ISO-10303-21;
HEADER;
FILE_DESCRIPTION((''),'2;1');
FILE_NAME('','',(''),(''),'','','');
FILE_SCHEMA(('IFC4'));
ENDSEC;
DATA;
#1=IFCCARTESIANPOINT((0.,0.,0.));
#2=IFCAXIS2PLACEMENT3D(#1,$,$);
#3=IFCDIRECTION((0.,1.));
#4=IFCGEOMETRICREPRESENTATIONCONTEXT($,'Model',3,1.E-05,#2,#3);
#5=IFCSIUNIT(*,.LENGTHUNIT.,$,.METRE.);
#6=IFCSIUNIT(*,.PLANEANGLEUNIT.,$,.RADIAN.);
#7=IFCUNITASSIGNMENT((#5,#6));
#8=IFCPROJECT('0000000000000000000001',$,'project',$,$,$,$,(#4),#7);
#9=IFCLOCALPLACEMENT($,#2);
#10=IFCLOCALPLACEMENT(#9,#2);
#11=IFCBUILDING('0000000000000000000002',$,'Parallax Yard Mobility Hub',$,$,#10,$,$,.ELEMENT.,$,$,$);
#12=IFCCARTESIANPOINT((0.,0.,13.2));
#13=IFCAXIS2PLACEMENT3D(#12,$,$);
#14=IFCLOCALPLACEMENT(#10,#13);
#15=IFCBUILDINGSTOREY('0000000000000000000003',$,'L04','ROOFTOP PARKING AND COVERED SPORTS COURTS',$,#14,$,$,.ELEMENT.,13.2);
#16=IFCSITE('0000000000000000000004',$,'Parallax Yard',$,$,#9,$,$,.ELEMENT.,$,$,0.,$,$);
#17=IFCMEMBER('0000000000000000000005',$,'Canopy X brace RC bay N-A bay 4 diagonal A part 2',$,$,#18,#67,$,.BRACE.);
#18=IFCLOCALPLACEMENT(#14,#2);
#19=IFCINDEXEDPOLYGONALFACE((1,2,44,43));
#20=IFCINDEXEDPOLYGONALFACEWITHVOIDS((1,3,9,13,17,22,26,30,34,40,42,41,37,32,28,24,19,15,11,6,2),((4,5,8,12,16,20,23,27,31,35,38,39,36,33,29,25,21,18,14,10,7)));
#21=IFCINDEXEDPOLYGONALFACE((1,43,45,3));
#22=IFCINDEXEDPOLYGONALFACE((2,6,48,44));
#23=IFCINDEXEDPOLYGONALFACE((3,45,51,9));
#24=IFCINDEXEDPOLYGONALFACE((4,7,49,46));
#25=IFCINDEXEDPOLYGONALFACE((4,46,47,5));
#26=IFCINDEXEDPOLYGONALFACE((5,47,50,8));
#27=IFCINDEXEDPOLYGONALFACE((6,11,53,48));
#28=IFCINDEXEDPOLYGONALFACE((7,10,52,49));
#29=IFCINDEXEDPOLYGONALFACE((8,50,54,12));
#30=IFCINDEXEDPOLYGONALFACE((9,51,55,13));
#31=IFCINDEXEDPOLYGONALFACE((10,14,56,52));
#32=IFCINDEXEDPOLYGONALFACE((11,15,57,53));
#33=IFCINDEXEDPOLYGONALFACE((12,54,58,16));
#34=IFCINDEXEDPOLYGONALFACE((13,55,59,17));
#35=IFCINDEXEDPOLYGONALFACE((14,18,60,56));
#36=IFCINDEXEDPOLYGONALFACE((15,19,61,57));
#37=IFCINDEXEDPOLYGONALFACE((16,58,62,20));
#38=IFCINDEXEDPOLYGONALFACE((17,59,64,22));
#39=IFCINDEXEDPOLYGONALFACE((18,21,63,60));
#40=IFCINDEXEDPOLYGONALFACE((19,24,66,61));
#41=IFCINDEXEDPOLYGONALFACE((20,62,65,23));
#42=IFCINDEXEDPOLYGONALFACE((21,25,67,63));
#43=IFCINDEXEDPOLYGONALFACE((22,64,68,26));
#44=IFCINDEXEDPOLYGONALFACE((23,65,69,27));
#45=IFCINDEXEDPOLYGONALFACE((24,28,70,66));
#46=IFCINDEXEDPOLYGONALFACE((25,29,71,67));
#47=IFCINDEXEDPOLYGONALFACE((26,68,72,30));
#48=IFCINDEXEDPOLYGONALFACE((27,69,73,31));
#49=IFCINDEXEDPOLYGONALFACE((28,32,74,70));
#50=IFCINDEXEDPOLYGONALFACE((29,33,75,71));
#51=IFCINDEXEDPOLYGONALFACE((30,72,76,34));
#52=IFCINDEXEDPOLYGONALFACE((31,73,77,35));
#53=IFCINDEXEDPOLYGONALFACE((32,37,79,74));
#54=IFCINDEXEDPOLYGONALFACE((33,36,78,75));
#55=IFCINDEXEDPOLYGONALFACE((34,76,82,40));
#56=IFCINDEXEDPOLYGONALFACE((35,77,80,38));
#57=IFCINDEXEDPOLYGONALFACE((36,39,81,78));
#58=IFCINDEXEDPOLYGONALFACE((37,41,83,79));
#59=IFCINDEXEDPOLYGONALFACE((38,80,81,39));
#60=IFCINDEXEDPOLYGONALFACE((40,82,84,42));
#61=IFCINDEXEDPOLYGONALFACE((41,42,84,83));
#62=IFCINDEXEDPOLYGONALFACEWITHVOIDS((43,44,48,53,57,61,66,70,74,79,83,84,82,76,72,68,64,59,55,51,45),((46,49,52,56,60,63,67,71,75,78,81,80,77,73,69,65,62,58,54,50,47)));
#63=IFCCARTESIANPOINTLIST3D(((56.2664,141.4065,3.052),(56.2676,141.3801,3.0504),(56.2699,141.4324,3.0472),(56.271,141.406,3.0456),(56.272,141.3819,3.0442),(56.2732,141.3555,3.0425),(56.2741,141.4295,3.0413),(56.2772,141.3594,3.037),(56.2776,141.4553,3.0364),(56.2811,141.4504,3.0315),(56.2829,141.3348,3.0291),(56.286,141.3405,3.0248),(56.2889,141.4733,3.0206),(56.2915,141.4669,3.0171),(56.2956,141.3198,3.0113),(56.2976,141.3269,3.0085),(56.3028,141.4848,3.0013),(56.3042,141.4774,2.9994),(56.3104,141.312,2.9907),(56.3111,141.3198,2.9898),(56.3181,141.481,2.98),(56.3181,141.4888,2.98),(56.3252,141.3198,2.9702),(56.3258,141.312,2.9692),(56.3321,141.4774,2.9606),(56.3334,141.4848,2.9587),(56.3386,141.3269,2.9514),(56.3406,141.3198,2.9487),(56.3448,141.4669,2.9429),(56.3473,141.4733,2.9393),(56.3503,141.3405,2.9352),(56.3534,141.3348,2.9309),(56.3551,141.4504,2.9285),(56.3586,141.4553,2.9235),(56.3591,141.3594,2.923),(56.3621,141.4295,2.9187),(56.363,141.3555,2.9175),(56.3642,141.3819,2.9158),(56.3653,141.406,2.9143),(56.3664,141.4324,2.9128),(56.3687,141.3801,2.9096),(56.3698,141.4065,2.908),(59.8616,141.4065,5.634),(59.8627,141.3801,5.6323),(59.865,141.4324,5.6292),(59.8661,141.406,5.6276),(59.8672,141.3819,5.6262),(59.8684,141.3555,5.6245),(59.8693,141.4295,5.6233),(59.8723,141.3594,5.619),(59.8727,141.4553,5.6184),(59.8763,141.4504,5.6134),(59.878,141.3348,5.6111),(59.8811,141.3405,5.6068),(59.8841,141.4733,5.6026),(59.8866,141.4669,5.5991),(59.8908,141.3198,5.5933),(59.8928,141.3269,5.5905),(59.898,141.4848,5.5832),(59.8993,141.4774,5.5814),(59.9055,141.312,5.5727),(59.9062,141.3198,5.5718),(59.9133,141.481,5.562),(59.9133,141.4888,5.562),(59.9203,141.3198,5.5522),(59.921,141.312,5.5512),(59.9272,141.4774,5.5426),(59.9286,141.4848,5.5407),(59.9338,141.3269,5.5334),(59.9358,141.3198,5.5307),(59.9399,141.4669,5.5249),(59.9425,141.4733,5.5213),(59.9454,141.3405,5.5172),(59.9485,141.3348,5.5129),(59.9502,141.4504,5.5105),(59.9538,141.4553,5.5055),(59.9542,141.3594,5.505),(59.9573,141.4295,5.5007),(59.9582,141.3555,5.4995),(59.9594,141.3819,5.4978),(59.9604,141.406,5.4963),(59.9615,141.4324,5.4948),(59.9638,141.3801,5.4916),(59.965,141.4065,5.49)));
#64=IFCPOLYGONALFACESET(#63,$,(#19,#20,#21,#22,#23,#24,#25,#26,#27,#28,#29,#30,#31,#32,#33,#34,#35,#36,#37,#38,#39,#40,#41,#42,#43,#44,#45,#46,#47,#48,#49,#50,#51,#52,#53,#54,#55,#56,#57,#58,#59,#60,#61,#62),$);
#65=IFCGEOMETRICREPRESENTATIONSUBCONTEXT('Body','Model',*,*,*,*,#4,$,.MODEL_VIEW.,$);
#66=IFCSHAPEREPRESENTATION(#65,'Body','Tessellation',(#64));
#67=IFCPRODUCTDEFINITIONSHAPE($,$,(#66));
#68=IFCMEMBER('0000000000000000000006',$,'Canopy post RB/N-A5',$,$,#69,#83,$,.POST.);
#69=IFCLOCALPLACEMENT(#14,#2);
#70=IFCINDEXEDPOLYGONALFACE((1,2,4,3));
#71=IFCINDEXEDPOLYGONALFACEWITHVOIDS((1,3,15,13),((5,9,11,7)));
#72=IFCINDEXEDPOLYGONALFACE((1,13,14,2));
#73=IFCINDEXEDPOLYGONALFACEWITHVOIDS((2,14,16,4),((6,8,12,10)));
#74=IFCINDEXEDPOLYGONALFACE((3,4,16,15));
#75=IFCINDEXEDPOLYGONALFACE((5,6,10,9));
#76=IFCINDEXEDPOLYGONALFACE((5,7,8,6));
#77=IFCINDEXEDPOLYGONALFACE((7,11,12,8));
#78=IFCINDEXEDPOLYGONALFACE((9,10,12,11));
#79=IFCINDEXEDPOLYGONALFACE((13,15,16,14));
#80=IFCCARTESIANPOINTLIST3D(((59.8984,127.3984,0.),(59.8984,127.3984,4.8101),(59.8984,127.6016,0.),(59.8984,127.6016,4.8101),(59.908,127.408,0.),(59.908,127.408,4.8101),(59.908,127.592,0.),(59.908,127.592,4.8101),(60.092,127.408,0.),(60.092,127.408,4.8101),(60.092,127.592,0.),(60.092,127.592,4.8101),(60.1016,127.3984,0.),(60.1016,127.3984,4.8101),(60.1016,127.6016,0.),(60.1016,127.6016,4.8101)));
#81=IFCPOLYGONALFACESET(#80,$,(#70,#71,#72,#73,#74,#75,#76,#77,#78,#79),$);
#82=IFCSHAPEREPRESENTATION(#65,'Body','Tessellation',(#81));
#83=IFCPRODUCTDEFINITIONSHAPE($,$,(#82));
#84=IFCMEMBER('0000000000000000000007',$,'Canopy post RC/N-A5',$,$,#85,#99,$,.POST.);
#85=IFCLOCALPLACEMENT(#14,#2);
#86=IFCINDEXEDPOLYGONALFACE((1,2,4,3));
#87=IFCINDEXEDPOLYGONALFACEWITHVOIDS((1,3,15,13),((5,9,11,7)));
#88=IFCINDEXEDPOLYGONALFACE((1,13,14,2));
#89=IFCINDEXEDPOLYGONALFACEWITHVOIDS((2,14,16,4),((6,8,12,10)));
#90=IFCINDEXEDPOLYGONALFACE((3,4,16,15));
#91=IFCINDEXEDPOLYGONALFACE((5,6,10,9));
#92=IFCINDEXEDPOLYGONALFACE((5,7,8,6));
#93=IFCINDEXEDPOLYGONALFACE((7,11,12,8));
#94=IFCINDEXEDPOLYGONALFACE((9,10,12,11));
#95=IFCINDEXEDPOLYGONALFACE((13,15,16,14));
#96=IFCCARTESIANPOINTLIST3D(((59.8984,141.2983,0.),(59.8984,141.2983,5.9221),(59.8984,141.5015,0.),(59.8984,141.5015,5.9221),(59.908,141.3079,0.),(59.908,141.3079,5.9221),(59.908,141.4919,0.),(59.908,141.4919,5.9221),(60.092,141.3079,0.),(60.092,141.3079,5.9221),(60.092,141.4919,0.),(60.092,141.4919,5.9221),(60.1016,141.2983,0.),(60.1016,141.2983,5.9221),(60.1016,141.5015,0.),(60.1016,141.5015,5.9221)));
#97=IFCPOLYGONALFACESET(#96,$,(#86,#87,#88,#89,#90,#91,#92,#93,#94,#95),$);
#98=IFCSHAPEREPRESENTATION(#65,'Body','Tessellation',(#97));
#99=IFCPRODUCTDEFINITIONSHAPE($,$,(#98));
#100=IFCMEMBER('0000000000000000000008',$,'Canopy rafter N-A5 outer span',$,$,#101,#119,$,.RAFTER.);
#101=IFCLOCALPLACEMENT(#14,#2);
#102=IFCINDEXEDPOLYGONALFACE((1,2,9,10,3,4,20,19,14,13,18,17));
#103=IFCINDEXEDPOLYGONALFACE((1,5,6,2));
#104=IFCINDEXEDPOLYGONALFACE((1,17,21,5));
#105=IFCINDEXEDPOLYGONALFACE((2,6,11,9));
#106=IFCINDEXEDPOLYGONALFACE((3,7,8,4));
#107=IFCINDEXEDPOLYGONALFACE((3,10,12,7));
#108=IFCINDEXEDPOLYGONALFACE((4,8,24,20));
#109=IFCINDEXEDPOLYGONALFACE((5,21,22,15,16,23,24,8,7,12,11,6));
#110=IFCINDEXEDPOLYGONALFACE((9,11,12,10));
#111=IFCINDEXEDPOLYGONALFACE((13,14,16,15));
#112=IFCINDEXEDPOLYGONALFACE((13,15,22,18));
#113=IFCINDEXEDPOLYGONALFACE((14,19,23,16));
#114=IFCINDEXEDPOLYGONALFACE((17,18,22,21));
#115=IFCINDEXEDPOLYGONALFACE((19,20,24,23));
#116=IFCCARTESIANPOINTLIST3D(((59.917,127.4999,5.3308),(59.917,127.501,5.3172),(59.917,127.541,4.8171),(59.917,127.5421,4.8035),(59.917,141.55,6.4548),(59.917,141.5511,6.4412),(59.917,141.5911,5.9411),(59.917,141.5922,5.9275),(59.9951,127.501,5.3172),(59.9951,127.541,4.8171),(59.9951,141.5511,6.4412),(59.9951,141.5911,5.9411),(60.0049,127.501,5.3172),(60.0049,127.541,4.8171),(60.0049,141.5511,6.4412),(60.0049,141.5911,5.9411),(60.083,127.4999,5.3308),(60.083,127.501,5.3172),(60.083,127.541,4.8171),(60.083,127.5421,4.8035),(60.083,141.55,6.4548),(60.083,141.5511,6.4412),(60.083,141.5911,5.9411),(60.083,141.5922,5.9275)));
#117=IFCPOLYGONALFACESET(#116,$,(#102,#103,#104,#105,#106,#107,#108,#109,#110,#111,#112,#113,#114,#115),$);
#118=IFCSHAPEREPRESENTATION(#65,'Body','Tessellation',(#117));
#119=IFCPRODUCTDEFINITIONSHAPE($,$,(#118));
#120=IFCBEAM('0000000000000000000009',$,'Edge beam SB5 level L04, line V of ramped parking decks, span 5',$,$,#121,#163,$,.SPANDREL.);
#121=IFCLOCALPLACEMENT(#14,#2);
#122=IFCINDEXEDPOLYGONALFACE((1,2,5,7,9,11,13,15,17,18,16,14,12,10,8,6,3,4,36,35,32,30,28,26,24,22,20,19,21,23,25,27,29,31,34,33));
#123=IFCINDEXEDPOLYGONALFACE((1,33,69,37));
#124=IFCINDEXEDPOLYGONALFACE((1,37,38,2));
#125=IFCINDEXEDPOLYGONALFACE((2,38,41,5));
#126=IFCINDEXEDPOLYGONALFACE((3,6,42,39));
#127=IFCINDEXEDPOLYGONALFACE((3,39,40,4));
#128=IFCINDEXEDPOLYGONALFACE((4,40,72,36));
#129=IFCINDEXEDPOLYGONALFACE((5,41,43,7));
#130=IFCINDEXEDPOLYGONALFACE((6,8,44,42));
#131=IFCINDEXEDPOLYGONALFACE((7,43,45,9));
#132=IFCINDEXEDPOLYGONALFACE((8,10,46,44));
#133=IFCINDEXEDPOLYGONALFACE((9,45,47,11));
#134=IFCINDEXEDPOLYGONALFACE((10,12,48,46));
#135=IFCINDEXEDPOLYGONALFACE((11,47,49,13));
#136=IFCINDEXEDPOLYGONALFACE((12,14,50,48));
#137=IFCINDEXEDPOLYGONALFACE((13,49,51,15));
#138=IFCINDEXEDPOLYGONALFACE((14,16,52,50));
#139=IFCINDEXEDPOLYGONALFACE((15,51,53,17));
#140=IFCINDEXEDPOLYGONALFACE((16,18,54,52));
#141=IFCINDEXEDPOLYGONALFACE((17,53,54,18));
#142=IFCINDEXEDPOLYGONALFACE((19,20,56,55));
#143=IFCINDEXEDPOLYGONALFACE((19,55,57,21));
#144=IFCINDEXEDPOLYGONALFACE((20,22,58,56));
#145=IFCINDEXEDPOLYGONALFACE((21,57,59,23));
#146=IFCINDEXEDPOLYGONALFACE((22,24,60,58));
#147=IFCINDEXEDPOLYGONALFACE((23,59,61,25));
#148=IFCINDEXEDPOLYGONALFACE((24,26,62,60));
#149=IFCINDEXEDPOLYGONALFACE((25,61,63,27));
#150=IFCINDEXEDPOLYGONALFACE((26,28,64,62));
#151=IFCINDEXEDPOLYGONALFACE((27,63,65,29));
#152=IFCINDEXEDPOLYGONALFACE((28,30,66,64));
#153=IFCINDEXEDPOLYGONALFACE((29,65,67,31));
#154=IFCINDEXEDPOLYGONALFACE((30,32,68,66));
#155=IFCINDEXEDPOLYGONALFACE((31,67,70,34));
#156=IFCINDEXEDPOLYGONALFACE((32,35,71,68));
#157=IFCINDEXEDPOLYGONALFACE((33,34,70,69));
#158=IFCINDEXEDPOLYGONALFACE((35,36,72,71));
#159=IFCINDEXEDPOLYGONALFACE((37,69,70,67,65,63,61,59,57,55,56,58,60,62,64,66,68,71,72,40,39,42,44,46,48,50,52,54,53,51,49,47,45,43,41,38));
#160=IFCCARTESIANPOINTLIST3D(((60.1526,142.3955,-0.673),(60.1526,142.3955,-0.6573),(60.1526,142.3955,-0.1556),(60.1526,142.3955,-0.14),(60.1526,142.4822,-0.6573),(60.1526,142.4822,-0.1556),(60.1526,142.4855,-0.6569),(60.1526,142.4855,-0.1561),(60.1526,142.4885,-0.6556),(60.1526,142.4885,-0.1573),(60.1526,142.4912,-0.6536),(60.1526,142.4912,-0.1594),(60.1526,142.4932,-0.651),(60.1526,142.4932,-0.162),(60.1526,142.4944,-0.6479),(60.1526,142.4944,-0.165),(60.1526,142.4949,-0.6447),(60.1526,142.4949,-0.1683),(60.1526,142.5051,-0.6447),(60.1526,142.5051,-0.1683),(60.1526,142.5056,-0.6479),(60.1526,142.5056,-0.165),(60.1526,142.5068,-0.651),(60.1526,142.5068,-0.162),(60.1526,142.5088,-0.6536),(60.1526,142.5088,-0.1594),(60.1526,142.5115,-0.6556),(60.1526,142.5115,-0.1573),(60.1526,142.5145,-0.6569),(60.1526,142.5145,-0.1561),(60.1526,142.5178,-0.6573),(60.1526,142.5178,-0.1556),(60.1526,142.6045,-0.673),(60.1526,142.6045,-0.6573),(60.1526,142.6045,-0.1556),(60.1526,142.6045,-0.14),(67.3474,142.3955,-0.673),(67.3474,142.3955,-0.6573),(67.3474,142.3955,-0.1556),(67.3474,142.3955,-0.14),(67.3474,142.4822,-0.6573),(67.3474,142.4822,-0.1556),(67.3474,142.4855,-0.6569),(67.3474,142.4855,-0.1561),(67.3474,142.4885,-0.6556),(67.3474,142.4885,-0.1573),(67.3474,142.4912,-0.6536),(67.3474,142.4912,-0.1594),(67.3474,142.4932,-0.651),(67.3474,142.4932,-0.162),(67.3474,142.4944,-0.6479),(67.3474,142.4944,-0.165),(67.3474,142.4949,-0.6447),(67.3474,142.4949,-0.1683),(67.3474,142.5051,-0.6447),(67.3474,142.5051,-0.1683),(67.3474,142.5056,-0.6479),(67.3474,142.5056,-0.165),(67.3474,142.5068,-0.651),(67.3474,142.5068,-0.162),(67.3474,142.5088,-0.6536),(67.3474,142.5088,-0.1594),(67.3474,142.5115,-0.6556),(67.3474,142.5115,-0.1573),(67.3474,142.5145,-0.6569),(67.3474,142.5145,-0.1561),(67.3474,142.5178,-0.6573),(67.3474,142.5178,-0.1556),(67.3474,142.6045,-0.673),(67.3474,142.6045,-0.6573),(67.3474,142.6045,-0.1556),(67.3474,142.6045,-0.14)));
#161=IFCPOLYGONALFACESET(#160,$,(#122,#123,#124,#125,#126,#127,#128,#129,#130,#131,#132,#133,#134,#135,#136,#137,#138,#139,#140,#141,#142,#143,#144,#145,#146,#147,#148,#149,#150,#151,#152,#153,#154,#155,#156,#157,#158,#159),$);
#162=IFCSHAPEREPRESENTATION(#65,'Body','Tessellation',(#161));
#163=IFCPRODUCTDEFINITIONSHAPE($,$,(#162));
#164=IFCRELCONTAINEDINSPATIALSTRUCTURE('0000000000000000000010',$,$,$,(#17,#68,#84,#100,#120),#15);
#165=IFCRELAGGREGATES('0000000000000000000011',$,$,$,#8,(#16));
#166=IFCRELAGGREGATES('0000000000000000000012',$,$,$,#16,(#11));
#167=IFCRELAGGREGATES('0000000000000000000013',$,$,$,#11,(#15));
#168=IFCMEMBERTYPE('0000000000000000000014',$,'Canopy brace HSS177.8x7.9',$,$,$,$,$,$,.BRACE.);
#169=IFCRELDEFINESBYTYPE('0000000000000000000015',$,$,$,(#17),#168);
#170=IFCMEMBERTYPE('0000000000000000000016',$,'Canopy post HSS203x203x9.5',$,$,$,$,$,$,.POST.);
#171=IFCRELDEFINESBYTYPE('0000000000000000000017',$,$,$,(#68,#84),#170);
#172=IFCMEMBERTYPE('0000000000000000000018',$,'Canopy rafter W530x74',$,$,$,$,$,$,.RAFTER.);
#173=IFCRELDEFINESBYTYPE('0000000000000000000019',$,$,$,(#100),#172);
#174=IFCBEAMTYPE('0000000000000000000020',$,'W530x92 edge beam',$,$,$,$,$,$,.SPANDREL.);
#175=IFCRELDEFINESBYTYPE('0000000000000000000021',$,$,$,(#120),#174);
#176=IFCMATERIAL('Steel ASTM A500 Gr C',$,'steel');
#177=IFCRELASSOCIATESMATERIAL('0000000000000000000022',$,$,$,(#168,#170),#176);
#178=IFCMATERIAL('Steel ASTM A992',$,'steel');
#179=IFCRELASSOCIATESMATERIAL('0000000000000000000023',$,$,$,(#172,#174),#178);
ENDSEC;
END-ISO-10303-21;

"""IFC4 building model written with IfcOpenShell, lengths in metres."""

from ifc_helpers import new_model, si_unit, direction, frame, origin, origin_2d, place, context, subcontext, project, spatial, hollow_rectangle, hollow_circle, i_section, extrude, material, material_profile, profile_set, type_object, element, save


model = new_model("IFC4")

# Units and contexts
model_context = context("Model", 3, precision=1e-05, world=origin(), true_north=direction((0.0, 1.0)))
body_context = subcontext(model_context, "Body", "Model", "MODEL_VIEW")
ifc_project = project(units=[si_unit("LENGTHUNIT", "METRE"), si_unit("PLANEANGLEUNIT", "RADIAN")], contexts=[model_context])

# Site, building, storey
site_placement = place(None, origin())
site = spatial("IfcSite", under=ifc_project, at=site_placement, Name="Parallax Yard", CompositionType="ELEMENT", RefElevation=0.0)
building_placement = place(site_placement, origin())
building = spatial("IfcBuilding", under=site, at=building_placement, Name="Parallax Yard Mobility Hub", CompositionType="ELEMENT")
storey_placement = place(building_placement, frame((0.0, 0.0, 13.2)))
storey = spatial("IfcBuildingStorey", under=building, at=storey_placement, Name="L04", Description="ROOFTOP PARKING AND COVERED SPORTS COURTS", CompositionType="ELEMENT", Elevation=13.2)

# Members
ifc_material_1 = material(Name="Steel ASTM A500 Gr C", Category="steel")
ifc_material_profile_1 = material_profile(ifc_material_1, hollow_circle(Radius=0.0889, WallThickness=0.0078, at=origin_2d()), Name="HSS177.8x7.9")
ifc_profile_set_1 = profile_set([ifc_material_profile_1], Name="Steel ASTM A500 Gr C")
member_type_1 = type_object("IfcMemberType", Name="Canopy brace HSS177.8x7.9", PredefinedType="BRACE", material=ifc_profile_set_1)
member_1_placement = place(storey_placement, frame((56.3181, 141.3999, 2.98), z_axis=(0.812233, 0.0, 0.583334), x_axis=(0.0, 1.0, 0.0)))
element("IfcMember", 1, at=member_1_placement, inside=storey, type_object=member_type_1, Name="Canopy X brace RC bay N-A bay 4 diagonal A part 2", PredefinedType="BRACE", context=body_context, shape_type="SweptSolid", body=[
    extrude(hollow_circle(Radius=0.0889, WallThickness=0.0078, at=origin_2d()), origin(), (0.0, 0.0, 1.0), 4.4263),
])
ifc_material_profile_2 = material_profile(ifc_material_1, hollow_rectangle(XDim=0.2031, YDim=0.2031, WallThickness=0.0095, at=origin_2d()), Name="HSS203x203x9.5")
ifc_profile_set_2 = profile_set([ifc_material_profile_2], Name="Steel ASTM A500 Gr C")
member_type_2 = type_object("IfcMemberType", Name="Canopy post HSS203x203x9.5", PredefinedType="POST", material=ifc_profile_set_2)
member_2_placement = place(storey_placement, frame((60.0, 127.5, 0.0), z_axis=(0.0, 0.0, 1.0), x_axis=(1.0, 0.0, 0.0)))
element("IfcMember", 2, at=member_2_placement, inside=storey, type_object=member_type_2, Name="Canopy post RB/N-A5", PredefinedType="POST", context=body_context, shape_type="SweptSolid", body=[
    extrude(hollow_rectangle(XDim=0.2031, YDim=0.2031, WallThickness=0.0095, at=origin_2d()), origin(), (0.0, 0.0, 1.0), 4.8101),
])
member_3_placement = place(storey_placement, frame((60.0, 141.3999, 0.0), z_axis=(0.0, 0.0, 1.0), x_axis=(1.0, 0.0, 0.0)))
element("IfcMember", 3, at=member_3_placement, inside=storey, type_object=member_type_2, Name="Canopy post RC/N-A5", PredefinedType="POST", context=body_context, shape_type="SweptSolid", body=[
    extrude(hollow_rectangle(XDim=0.2031, YDim=0.2031, WallThickness=0.0095, at=origin_2d()), origin(), (0.0, 0.0, 1.0), 5.9221),
])
ifc_material_2 = material(Name="Steel ASTM A992", Category="steel")
ifc_material_profile_3 = material_profile(ifc_material_2, i_section(OverallWidth=0.166, OverallDepth=0.5291, WebThickness=0.0098, FlangeThickness=0.0137, at=origin_2d()), Name="W530x74")
ifc_profile_set_3 = profile_set([ifc_material_profile_3], Name="Steel ASTM A992")
member_type_3 = type_object("IfcMemberType", Name="Canopy rafter W530x74", PredefinedType="RAFTER", material=ifc_profile_set_3)
member_4_placement = place(storey_placement, frame((60.0, 127.521, 5.0671), z_axis=(0.0, 0.996815, 0.079747), x_axis=(-1.0, 0.0, 0.0)))
element("IfcMember", 4, at=member_4_placement, inside=storey, type_object=member_type_3, Name="Canopy rafter N-A5 outer span", PredefinedType="RAFTER", context=body_context, shape_type="SweptSolid", body=[
    extrude(i_section(OverallWidth=0.166, OverallDepth=0.5291, WebThickness=0.0098, FlangeThickness=0.0137, at=origin_2d()), origin(), (0.0, 0.0, 1.0), 14.095),
])

# Beam
ifc_material_profile_4 = material_profile(ifc_material_2, i_section(OverallWidth=0.209, OverallDepth=0.533, WebThickness=0.0103, FlangeThickness=0.0156, FilletRadius=0.0127, at=origin_2d()), Name="W530x92")
ifc_profile_set_4 = profile_set([ifc_material_profile_4], Name="Steel ASTM A992")
beam_type_1 = type_object("IfcBeamType", Name="W530x92 edge beam", PredefinedType="SPANDREL", material=ifc_profile_set_4)
for number, where, z_axis, x_axis, name in (
    (5, (60.1526, 142.5, -0.4065), (1.0, 0.0, 0.0), (0.0, 1.0, 0.0), "Edge beam SB5 level L04, line V of ramped parking decks, span 5"),
):
    element("IfcBeam", number, at=place(storey_placement, frame(where, z_axis=z_axis, x_axis=x_axis)), inside=storey, type_object=beam_type_1, Name=name, PredefinedType="SPANDREL", context=body_context, shape_type="SweptSolid", body=[
        extrude(i_section(OverallWidth=0.209, OverallDepth=0.533, WebThickness=0.0103, FlangeThickness=0.0156, FilletRadius=0.0127, at=origin_2d()), origin(), (0.0, 0.0, 1.0), 7.1948),
    ])

save(model, "model.ifc")
